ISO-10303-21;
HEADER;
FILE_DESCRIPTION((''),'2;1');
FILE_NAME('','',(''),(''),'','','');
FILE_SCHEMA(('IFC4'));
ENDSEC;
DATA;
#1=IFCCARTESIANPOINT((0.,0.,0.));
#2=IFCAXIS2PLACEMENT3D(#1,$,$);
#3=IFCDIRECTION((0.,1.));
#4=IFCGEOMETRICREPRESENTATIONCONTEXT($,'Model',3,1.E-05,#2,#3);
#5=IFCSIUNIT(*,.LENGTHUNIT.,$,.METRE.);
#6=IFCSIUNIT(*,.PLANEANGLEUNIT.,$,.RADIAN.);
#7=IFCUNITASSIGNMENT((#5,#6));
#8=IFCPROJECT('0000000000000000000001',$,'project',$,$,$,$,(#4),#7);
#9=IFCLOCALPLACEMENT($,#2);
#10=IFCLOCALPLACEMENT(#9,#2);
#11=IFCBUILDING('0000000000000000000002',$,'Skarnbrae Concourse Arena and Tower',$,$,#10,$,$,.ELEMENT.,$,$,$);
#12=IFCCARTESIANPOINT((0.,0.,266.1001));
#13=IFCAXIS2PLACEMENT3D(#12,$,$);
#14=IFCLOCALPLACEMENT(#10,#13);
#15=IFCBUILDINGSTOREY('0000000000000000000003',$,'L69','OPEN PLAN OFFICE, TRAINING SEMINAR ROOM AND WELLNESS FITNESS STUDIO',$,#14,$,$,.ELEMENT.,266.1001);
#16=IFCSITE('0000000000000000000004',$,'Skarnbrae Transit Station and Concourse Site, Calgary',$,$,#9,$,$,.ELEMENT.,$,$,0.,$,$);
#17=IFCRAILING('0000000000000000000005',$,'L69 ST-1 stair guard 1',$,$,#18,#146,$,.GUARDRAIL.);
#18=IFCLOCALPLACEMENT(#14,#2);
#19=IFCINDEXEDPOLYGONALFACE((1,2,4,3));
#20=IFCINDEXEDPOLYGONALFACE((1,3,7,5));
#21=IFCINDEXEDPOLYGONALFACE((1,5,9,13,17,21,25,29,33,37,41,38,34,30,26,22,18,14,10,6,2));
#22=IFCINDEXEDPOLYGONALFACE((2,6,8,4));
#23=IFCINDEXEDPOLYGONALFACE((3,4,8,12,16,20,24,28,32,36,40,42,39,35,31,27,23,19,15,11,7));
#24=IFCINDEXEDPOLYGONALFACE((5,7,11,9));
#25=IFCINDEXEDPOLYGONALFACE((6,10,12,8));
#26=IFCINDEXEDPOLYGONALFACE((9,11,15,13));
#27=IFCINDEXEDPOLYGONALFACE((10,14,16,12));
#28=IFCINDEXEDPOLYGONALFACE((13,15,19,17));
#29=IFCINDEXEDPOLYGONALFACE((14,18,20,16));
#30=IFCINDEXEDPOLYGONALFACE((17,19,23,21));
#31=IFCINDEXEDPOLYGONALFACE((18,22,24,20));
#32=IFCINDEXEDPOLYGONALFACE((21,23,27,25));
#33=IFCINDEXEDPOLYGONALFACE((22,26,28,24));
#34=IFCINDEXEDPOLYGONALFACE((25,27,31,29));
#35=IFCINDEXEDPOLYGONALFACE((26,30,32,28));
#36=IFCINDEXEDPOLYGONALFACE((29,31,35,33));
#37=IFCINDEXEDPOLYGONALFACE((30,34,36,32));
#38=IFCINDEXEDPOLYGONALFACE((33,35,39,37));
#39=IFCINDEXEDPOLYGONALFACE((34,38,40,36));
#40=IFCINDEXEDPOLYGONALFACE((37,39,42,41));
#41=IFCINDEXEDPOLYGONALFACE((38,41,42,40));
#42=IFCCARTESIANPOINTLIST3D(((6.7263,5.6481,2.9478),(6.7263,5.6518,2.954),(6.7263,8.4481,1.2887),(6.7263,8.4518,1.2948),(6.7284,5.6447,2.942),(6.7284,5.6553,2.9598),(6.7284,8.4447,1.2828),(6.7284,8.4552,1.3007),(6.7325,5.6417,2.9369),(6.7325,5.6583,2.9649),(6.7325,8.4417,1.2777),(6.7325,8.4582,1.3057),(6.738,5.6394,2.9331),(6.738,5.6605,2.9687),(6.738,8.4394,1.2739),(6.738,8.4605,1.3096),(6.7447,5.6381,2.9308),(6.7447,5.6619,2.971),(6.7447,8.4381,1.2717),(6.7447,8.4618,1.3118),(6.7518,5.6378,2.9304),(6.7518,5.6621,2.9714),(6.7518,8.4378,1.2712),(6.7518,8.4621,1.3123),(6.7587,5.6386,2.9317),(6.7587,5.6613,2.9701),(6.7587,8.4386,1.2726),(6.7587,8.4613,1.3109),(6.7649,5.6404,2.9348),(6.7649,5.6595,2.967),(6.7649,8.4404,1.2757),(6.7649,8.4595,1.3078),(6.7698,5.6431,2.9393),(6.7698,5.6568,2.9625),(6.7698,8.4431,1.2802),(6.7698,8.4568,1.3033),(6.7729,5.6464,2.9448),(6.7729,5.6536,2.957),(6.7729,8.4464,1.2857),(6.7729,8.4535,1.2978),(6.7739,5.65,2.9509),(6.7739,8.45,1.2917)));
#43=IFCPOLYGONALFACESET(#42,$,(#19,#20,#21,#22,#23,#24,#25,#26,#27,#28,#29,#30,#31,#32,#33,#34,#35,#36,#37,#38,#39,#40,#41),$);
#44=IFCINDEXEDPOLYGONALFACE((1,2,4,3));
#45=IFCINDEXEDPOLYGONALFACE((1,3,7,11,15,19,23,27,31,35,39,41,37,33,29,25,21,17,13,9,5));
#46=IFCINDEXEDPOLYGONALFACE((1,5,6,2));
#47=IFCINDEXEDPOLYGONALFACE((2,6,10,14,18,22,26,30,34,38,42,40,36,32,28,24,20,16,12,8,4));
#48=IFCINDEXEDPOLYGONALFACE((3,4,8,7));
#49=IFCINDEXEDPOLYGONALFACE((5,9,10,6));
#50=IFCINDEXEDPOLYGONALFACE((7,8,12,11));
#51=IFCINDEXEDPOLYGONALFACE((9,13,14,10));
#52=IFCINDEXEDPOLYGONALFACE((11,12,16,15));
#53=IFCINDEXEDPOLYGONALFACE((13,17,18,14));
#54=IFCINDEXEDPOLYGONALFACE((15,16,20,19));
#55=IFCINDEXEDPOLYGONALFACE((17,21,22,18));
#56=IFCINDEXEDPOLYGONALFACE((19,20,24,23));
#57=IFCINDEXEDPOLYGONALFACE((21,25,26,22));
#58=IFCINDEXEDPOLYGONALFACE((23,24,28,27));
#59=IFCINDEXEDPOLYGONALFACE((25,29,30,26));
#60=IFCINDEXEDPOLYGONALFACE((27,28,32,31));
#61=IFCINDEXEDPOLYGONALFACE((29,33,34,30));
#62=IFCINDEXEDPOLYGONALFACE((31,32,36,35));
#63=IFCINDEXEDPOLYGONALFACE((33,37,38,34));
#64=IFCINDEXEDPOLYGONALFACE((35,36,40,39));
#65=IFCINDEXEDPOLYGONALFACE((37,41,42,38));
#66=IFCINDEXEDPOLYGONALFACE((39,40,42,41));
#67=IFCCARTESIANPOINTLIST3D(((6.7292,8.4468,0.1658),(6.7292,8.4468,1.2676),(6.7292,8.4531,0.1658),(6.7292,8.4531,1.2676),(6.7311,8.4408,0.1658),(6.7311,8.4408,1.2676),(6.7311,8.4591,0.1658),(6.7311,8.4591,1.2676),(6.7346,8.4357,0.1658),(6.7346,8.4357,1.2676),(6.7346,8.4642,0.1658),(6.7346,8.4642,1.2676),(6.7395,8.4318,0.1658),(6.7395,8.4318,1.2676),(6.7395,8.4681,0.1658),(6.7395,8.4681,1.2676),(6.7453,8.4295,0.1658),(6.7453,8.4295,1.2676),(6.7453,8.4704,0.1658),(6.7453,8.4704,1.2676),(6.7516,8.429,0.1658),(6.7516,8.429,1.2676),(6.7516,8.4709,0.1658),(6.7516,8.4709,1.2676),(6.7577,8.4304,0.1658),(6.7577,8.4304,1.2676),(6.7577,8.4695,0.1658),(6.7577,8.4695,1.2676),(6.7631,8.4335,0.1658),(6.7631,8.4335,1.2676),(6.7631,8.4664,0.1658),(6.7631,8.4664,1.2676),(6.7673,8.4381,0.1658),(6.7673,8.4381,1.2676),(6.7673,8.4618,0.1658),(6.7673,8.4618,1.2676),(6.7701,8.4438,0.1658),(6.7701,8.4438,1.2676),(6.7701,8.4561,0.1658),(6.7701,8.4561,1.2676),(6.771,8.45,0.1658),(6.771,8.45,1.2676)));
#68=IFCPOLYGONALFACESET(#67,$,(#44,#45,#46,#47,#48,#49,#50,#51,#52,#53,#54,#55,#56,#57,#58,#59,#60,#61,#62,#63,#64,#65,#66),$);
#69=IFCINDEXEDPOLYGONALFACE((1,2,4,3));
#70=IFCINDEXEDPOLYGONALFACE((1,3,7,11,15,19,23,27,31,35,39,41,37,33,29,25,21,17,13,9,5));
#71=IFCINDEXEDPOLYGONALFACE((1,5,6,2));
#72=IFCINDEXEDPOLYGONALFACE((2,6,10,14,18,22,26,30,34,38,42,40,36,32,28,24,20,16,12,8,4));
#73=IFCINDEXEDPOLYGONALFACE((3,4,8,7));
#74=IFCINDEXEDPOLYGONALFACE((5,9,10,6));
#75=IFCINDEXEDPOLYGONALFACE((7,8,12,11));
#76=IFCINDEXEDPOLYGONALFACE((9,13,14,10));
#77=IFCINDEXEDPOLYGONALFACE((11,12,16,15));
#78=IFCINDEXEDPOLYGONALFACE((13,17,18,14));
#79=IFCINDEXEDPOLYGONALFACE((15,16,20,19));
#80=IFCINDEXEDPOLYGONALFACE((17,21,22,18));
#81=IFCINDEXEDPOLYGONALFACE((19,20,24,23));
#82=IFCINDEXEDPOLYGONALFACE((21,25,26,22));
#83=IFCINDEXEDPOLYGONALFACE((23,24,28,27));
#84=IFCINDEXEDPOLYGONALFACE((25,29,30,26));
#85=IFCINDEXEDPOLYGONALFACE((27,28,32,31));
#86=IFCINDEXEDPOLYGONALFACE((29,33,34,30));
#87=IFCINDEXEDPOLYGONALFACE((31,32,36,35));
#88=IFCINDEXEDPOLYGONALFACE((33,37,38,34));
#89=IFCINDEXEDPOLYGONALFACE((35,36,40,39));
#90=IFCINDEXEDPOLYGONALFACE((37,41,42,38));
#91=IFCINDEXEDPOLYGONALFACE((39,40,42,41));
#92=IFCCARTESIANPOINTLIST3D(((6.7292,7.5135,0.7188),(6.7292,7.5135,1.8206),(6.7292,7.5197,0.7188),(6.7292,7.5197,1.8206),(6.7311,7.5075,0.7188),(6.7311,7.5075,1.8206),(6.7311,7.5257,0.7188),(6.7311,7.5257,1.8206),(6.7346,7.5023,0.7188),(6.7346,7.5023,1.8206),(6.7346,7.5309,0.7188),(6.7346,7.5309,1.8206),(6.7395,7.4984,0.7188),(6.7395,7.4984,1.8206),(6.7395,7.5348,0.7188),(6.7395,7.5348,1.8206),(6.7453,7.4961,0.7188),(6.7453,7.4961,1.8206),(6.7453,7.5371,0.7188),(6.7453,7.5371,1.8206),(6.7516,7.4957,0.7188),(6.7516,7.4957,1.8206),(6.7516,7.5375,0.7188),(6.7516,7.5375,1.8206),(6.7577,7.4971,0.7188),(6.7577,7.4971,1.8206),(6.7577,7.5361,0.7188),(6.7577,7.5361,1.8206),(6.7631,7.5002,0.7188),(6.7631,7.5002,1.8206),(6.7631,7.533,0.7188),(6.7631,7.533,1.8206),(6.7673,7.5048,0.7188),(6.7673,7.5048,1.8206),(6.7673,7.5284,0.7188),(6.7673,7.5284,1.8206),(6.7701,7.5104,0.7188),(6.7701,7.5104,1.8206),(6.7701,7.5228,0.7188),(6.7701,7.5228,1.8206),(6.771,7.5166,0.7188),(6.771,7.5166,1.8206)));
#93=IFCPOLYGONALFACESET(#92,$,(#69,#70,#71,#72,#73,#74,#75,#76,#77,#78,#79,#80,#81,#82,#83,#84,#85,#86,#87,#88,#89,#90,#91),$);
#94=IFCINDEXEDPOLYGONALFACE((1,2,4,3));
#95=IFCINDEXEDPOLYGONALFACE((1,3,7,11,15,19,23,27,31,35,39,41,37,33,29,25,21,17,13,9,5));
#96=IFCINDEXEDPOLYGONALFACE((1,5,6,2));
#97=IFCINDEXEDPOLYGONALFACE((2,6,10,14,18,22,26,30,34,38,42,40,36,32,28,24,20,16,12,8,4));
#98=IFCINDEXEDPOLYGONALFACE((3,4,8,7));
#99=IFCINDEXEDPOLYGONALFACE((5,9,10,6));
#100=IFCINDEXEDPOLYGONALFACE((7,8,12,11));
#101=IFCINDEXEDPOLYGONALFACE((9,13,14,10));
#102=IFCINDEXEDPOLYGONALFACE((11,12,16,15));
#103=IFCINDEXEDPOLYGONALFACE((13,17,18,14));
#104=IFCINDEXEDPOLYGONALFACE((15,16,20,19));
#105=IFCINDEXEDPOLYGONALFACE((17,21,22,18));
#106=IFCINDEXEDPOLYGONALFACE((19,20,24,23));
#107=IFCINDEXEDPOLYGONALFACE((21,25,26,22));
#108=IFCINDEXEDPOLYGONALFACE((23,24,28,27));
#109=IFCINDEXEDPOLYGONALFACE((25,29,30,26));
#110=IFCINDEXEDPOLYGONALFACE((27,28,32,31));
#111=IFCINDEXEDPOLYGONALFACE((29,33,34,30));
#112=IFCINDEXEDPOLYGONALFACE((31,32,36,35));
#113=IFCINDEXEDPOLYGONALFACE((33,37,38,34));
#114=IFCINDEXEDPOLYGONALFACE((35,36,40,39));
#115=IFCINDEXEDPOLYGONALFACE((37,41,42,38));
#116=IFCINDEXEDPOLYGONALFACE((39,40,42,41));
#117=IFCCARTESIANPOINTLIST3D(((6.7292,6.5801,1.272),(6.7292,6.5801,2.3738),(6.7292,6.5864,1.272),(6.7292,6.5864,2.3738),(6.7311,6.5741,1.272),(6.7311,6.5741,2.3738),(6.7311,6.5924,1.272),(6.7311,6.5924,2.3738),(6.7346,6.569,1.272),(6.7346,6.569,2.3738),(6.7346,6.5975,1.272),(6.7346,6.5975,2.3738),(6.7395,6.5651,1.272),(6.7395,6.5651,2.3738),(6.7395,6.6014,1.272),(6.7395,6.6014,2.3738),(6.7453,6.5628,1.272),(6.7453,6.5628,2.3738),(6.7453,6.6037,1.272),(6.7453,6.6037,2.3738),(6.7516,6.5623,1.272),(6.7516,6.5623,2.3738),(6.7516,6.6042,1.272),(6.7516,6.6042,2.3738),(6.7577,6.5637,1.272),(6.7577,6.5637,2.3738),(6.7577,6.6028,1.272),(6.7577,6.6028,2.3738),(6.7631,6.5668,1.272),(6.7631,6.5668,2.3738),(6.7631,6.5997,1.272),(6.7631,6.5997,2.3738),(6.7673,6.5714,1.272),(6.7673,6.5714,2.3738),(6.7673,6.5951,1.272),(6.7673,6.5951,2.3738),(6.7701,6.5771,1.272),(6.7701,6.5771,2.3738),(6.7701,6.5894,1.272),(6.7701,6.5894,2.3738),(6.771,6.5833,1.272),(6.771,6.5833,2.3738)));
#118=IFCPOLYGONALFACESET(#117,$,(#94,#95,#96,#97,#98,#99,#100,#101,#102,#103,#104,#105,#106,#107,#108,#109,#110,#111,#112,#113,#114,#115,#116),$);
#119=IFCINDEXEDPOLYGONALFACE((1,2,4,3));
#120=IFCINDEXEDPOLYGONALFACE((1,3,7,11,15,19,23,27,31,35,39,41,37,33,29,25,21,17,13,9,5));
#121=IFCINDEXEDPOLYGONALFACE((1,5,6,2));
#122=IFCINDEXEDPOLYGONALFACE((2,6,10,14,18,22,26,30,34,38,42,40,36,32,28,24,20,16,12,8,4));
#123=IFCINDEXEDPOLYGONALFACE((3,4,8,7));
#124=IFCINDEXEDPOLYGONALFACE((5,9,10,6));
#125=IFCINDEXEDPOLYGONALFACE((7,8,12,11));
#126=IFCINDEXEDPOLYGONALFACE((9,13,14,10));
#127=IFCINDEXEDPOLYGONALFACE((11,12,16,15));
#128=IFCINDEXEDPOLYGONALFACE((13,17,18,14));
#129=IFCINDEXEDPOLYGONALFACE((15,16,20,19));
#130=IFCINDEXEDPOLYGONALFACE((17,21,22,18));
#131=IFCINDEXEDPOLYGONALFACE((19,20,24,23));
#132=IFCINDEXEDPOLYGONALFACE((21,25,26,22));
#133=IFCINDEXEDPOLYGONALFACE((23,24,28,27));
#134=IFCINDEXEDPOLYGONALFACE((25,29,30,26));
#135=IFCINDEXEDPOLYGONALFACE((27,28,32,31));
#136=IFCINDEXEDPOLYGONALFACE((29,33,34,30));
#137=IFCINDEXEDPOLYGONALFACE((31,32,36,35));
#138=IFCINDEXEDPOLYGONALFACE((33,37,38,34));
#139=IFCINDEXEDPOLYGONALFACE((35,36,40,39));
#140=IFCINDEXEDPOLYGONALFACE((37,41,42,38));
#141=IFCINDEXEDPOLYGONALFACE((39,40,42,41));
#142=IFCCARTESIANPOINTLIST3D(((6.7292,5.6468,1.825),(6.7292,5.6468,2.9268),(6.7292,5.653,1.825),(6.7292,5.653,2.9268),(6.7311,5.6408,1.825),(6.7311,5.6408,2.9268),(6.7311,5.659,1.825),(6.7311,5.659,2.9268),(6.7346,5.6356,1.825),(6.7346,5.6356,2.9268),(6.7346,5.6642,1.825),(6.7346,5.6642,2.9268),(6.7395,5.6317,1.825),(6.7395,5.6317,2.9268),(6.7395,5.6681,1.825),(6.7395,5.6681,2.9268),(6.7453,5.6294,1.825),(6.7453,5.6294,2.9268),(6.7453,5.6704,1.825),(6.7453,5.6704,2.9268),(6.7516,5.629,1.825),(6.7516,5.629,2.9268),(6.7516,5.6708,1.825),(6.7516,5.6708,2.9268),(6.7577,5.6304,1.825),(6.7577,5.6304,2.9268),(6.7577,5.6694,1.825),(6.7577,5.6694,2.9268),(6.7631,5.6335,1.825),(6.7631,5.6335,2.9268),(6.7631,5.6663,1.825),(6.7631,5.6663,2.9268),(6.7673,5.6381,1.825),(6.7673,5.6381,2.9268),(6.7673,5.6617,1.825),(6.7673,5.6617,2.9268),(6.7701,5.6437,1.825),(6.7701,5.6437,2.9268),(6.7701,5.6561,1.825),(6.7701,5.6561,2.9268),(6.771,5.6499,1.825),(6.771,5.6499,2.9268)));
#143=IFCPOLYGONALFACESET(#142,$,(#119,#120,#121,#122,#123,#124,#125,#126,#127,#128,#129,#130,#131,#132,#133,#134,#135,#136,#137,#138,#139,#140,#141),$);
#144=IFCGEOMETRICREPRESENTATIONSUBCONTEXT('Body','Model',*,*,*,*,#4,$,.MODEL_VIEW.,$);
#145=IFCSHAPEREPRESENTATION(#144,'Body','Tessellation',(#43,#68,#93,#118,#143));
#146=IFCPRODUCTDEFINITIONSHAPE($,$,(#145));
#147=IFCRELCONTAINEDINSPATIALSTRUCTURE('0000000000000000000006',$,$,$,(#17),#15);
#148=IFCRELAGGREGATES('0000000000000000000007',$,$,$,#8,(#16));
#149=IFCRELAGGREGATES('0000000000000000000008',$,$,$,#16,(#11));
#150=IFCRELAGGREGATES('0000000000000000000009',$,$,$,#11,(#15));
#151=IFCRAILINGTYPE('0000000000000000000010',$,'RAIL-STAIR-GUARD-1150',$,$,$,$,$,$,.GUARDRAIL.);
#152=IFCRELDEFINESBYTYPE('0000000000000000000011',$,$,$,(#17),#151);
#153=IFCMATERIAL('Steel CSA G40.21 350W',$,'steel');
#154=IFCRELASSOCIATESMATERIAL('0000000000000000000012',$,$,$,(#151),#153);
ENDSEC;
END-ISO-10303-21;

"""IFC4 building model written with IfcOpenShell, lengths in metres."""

from ifc_helpers import new_model, si_unit, direction, frame, origin, origin_2d, place, context, subcontext, project, spatial, circle, extrude, material, type_object, element, save


model = new_model("IFC4")

# Units and contexts
model_context = context("Model", 3, precision=1e-05, world=origin(), true_north=direction((0.0, 1.0)))
body_context = subcontext(model_context, "Body", "Model", "MODEL_VIEW")
ifc_project = project(units=[si_unit("LENGTHUNIT", "METRE"), si_unit("PLANEANGLEUNIT", "RADIAN")], contexts=[model_context])

# Site, building, storey
site_placement = place(None, origin())
site = spatial("IfcSite", under=ifc_project, at=site_placement, Name="Skarnbrae Transit Station and Concourse Site, Calgary", CompositionType="ELEMENT", RefElevation=0.0)
building_placement = place(site_placement, origin())
building = spatial("IfcBuilding", under=site, at=building_placement, Name="Skarnbrae Concourse Arena and Tower", CompositionType="ELEMENT")
storey_placement = place(building_placement, frame((0.0, 0.0, 266.1001)))
storey = spatial("IfcBuildingStorey", under=building, at=storey_placement, Name="L69", Description="OPEN PLAN OFFICE, TRAINING SEMINAR ROOM AND WELLNESS FITNESS STUDIO", CompositionType="ELEMENT", Elevation=266.1001)

# Shared definitions
ifc_material_1 = material(Name="Steel CSA G40.21 350W", Category="steel")

# Railing
railing_type_1 = type_object("IfcRailingType", Name="RAIL-STAIR-GUARD-1150", PredefinedType="GUARDRAIL", material=ifc_material_1)
railing_1_placement = place(storey_placement, frame((6.75, 8.45, 0.1658)))
element("IfcRailing", 1, at=railing_1_placement, inside=storey, type_object=railing_type_1, Name="L69 ST-1 stair guard 1", PredefinedType="GUARDRAIL", context=body_context, shape_type="SweptSolid", body=[
    extrude(circle(Radius=0.0239, at=origin_2d()), frame((0.0, 0.0, 1.126), z_axis=(0.0, -0.860306, 0.509778), x_axis=(1.0, 0.0, 0.0)), (0.0, 0.0, 1.0), 3.2546),
    extrude(circle(Radius=0.021, at=origin_2d()), origin(), (0.0, 0.0, 1.0), 1.1018),
    extrude(circle(Radius=0.021, at=origin_2d()), frame((0.0, -0.9333, 0.553)), (0.0, 0.0, 1.0), 1.1018),
    extrude(circle(Radius=0.021, at=origin_2d()), frame((0.0, -1.8667, 1.1062)), (0.0, 0.0, 1.0), 1.1018),
    extrude(circle(Radius=0.021, at=origin_2d()), frame((0.0, -2.8, 1.6592)), (0.0, 0.0, 1.0), 1.1018),
])

save(model, "model.ifc")
